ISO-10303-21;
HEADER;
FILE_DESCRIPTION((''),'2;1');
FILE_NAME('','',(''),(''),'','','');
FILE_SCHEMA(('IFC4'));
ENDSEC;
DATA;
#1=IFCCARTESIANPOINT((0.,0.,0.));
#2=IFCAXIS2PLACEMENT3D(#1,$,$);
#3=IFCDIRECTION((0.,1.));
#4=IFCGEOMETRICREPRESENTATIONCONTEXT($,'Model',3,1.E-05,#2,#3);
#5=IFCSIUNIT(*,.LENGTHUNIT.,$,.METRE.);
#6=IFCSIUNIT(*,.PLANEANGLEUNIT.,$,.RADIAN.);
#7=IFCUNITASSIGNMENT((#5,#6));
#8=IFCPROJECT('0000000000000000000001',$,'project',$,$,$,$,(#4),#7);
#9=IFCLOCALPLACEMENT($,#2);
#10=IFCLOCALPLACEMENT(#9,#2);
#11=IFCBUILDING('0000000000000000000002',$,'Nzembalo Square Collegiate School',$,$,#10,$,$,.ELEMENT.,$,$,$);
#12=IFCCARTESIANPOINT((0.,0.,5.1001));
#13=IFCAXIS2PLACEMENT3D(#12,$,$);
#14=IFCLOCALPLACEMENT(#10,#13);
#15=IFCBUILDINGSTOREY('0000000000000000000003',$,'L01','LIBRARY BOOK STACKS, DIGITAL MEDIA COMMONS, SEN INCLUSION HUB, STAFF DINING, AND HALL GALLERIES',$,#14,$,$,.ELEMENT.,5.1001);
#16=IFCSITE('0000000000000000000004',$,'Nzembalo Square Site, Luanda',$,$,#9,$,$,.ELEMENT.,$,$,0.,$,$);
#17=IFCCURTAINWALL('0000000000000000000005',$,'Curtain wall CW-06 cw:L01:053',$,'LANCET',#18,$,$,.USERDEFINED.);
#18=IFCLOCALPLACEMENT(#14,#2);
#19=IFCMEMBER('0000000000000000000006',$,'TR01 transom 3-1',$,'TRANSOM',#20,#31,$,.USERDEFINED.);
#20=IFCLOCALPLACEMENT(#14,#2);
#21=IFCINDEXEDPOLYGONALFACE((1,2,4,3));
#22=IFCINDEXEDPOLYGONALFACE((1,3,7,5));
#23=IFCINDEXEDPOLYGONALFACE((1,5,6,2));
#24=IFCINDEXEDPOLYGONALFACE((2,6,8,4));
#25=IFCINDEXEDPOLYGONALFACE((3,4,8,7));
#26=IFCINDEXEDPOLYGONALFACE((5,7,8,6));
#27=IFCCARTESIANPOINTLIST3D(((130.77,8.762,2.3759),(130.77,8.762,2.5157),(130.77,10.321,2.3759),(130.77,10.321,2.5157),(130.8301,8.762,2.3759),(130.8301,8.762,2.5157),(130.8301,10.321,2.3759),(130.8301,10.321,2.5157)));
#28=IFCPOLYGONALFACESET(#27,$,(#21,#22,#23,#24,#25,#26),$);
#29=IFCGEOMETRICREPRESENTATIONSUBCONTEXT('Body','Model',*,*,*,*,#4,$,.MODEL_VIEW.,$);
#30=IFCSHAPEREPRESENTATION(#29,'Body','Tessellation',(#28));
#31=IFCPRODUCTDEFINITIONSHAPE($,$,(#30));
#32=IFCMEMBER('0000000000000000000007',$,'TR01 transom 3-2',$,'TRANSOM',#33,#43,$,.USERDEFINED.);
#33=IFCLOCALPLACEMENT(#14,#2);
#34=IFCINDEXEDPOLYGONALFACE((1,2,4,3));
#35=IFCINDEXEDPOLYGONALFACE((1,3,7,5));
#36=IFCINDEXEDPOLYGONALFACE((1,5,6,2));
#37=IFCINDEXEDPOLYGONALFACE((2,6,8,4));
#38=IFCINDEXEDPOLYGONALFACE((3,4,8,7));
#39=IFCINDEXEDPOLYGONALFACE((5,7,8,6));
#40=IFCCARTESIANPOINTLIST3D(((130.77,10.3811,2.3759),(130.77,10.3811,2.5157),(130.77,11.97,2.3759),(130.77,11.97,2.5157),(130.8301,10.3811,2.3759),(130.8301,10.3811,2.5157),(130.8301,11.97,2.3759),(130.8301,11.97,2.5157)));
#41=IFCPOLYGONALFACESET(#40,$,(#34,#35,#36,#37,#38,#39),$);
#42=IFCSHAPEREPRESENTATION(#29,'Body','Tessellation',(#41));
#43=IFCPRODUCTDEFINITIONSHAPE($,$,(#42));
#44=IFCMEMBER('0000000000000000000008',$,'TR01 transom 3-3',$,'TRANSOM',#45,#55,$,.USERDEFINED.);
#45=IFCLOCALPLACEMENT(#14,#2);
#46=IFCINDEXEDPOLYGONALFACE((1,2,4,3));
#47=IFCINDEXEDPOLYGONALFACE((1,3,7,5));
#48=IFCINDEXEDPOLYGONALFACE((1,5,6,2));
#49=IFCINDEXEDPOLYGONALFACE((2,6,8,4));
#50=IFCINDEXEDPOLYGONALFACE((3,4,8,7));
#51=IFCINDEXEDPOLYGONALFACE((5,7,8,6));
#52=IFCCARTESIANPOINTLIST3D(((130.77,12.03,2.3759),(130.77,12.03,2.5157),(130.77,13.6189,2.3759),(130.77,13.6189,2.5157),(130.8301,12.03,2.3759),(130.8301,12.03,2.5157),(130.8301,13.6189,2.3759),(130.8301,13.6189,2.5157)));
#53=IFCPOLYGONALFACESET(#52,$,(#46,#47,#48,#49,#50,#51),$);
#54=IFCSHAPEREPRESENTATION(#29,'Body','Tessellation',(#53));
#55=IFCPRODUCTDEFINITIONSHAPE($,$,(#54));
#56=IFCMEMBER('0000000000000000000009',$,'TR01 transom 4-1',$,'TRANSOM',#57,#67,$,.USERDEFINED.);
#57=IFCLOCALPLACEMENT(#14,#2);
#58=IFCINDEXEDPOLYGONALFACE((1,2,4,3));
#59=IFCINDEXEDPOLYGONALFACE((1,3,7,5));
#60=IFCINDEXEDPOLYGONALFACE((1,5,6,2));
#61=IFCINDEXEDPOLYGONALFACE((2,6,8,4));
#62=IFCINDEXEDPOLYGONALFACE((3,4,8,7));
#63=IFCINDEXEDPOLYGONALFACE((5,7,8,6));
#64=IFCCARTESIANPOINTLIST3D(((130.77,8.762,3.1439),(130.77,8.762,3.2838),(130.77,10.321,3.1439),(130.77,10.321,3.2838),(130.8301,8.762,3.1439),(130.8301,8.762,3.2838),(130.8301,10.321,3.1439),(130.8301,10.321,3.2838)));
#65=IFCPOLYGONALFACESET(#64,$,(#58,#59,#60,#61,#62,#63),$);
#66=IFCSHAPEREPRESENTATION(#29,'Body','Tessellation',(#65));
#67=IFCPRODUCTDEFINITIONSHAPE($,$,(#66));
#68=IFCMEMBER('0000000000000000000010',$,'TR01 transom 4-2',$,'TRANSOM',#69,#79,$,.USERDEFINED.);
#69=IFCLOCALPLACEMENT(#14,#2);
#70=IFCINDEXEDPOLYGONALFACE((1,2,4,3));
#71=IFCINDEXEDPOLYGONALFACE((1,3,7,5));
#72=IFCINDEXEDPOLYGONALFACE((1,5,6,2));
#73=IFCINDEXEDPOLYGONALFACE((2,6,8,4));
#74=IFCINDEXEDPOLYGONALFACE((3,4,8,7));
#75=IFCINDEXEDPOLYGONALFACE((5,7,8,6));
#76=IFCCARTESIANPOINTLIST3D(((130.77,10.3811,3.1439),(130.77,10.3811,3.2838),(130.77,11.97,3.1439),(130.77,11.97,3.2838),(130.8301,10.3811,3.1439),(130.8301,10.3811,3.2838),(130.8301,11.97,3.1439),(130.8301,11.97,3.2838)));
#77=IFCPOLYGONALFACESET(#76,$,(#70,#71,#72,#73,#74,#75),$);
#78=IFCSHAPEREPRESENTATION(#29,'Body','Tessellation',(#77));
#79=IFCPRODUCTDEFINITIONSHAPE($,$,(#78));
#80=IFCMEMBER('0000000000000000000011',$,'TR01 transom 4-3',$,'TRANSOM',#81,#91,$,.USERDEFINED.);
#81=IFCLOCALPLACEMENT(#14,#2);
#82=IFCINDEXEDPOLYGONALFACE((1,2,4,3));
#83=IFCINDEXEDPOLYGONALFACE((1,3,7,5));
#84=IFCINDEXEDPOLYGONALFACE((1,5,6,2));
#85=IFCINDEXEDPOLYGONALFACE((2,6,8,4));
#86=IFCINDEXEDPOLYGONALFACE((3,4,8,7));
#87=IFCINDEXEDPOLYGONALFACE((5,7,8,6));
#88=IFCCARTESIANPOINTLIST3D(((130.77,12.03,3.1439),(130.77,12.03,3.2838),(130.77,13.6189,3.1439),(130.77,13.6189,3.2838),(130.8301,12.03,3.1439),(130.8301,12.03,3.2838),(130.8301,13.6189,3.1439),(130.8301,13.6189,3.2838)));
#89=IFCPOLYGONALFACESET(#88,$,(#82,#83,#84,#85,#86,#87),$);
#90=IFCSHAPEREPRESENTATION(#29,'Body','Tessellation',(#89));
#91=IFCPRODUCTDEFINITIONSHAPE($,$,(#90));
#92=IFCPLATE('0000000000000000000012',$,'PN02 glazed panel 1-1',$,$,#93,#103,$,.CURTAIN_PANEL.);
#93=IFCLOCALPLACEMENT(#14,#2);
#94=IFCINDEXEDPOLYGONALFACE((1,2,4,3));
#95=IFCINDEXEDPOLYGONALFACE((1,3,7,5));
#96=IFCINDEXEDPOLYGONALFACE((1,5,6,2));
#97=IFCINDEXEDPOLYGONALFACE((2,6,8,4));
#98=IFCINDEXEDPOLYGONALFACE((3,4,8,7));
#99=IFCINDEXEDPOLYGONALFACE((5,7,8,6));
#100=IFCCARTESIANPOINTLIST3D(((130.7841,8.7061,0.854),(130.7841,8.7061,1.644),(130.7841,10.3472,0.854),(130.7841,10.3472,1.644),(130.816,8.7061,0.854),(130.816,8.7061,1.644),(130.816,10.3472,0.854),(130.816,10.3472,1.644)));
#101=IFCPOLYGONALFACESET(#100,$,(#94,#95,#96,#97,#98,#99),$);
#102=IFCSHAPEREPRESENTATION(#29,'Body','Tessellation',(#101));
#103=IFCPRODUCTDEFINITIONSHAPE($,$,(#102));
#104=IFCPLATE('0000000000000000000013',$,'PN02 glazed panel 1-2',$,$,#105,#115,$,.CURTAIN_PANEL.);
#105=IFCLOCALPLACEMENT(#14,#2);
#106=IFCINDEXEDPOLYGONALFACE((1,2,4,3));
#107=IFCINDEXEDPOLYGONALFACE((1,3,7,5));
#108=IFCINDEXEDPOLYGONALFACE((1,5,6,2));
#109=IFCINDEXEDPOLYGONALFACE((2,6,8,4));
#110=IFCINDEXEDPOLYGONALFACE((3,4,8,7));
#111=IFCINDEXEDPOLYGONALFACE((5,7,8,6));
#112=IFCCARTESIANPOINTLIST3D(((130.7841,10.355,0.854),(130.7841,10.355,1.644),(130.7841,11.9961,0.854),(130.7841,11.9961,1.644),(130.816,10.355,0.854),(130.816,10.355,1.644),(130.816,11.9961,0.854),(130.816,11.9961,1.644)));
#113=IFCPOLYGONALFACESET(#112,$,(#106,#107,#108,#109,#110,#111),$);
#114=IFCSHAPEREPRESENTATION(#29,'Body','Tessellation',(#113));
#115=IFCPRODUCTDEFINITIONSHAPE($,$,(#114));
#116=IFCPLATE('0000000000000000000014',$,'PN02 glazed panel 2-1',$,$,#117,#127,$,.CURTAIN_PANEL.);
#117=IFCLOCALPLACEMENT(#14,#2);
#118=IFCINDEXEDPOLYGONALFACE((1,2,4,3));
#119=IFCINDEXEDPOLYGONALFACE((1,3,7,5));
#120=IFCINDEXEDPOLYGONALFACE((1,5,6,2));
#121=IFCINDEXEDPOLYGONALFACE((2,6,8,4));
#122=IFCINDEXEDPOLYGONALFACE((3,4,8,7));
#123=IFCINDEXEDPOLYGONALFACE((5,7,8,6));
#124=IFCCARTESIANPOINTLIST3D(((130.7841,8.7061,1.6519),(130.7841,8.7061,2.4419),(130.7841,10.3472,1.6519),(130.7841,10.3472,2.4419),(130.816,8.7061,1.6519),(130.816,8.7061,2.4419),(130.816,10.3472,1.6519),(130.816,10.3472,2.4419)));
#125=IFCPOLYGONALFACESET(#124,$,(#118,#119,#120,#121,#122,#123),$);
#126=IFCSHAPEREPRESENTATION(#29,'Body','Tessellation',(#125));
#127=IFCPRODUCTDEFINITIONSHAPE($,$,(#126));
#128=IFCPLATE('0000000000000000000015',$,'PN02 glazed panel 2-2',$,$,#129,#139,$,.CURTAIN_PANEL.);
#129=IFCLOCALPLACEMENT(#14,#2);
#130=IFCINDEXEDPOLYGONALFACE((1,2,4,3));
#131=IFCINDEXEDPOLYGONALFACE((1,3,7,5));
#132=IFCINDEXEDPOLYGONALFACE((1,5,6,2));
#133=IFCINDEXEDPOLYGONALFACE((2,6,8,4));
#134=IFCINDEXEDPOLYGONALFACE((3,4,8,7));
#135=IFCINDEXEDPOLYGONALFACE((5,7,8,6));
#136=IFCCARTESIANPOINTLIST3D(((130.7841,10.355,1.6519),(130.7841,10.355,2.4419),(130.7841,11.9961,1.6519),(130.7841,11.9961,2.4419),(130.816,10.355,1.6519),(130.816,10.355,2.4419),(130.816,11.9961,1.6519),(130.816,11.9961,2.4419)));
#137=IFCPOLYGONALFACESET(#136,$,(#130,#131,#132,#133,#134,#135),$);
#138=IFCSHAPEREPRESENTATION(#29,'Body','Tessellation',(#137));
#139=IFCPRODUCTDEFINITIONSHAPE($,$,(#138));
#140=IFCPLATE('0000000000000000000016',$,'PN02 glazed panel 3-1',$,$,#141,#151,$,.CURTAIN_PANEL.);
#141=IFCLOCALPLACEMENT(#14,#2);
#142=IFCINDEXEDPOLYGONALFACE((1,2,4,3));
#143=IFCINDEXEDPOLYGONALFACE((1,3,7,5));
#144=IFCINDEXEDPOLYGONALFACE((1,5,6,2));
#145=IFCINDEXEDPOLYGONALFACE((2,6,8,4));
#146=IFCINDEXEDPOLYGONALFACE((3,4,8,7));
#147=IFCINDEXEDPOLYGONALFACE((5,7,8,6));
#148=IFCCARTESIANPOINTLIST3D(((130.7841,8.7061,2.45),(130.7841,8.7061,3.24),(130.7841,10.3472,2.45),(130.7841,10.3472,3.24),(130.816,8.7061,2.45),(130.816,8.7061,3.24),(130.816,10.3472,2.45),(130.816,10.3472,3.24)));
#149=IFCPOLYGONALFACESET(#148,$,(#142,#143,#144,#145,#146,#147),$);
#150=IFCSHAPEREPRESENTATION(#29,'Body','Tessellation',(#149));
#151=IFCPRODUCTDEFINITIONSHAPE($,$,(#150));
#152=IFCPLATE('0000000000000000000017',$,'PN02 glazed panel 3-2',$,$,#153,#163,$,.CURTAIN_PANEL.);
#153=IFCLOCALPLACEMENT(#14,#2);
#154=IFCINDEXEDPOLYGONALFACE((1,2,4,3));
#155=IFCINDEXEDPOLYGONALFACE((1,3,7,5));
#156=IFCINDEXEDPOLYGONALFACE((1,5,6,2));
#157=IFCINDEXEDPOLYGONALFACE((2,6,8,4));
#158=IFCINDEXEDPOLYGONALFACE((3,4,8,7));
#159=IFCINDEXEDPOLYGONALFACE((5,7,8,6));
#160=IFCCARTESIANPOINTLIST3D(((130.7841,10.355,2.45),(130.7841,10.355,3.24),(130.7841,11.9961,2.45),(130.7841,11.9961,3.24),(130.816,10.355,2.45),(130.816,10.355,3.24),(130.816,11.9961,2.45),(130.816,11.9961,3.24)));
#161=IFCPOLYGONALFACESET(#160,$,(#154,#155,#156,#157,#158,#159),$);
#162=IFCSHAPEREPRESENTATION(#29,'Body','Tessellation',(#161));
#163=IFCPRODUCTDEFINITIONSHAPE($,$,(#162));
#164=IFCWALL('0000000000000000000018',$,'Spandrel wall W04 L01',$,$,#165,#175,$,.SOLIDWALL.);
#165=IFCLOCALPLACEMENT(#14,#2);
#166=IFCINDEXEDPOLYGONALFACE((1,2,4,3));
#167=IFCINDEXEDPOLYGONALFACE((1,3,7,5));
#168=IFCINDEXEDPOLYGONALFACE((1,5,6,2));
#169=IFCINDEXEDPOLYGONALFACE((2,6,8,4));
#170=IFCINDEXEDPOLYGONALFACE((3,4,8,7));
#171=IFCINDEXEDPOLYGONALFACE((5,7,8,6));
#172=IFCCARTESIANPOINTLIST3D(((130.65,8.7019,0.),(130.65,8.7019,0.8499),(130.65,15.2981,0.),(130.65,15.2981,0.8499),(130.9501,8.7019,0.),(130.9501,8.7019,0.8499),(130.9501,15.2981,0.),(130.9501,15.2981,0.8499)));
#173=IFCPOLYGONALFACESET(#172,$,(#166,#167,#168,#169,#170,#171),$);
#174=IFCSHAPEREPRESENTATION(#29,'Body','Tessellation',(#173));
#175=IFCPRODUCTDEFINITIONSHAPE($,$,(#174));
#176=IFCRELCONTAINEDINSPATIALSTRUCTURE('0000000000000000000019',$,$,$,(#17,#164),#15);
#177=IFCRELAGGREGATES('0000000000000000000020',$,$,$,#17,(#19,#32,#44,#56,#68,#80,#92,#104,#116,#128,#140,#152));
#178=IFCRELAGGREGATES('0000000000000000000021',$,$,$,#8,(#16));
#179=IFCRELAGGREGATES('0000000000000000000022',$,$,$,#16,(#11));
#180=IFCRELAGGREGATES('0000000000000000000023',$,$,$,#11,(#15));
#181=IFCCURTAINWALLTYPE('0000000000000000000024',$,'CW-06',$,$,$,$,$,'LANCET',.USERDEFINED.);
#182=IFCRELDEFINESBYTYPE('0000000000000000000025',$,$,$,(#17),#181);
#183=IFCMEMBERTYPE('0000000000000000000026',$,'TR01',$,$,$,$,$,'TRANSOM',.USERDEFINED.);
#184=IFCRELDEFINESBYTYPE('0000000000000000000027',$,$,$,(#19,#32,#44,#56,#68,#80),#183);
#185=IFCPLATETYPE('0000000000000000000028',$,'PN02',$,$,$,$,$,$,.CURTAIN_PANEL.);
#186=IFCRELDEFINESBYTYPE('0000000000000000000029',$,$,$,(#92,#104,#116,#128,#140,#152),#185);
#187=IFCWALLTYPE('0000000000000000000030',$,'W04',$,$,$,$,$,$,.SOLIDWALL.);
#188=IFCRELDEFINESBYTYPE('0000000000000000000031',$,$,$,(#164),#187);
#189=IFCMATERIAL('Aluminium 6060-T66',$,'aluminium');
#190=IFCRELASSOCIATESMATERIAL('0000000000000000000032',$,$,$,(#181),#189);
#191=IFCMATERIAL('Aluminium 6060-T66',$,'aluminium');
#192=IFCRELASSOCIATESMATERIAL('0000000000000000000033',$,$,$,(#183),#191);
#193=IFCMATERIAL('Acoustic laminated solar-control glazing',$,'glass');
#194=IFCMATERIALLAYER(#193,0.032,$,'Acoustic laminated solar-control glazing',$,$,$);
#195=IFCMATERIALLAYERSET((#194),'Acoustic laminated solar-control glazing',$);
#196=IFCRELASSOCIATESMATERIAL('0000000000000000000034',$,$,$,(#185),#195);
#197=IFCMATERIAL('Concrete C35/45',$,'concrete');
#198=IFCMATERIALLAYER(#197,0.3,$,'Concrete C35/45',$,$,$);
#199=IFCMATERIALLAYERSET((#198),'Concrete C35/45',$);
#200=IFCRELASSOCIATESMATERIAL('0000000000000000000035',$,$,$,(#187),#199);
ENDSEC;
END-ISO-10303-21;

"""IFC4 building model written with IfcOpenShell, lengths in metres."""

from ifc_helpers import new_model, si_unit, direction, frame, frame_2d, origin, origin_2d, place, context, subcontext, project, spatial, rectangle, extrude, material, layer, layer_set, material_profile, profile_set, type_object, element, aggregate, save


model = new_model("IFC4")

# Units and contexts
model_context = context("Model", 3, precision=1e-05, world=origin(), true_north=direction((0.0, 1.0)))
body_context = subcontext(model_context, "Body", "Model", "MODEL_VIEW")
ifc_project = project(units=[si_unit("LENGTHUNIT", "METRE"), si_unit("PLANEANGLEUNIT", "RADIAN")], contexts=[model_context])

# Site, building, storey
site_placement = place(None, origin())
site = spatial("IfcSite", under=ifc_project, at=site_placement, Name="Nzembalo Square Site, Luanda", CompositionType="ELEMENT", RefElevation=0.0)
building_placement = place(site_placement, origin())
building = spatial("IfcBuilding", under=site, at=building_placement, Name="Nzembalo Square Collegiate School", CompositionType="ELEMENT")
storey_placement = place(building_placement, frame((0.0, 0.0, 5.1001)))
storey = spatial("IfcBuildingStorey", under=building, at=storey_placement, Name="L01", Description="LIBRARY BOOK STACKS, DIGITAL MEDIA COMMONS, SEN INCLUSION HUB, STAFF DINING, AND HALL GALLERIES", CompositionType="ELEMENT", Elevation=5.1001)

# Curtain wall, members, plates
ifc_material_1 = material(Name="Aluminium 6060-T66", Category="aluminium")
curtain_wall_type = type_object("IfcCurtainWallType", Name="CW-06", ElementType="LANCET", PredefinedType="USERDEFINED", material=ifc_material_1)
curtain_wall_placement = place(storey_placement, origin())
curtain_wall = element("IfcCurtainWall", 1, at=curtain_wall_placement, inside=storey, type_object=curtain_wall_type, Name="Curtain wall CW-06 cw:L01:053", ObjectType="LANCET", PredefinedType="USERDEFINED")
ifc_material_2 = material(Name="Aluminium 6060-T66", Category="aluminium")
ifc_material_profile_1 = material_profile(ifc_material_2, rectangle(XDim=0.0601, YDim=0.1399, at=origin_2d()), Name="ALU T60x140")
ifc_profile_set_1 = profile_set([ifc_material_profile_1], Name="Aluminium 6060-T66")
member_type_1 = type_object("IfcMemberType", Name="TR01", ElementType="TRANSOM", PredefinedType="USERDEFINED", material=ifc_profile_set_1)
member_1_placement = place(storey_placement, frame((130.8, 8.762, 2.4458), z_axis=(0.0, 1.0, 0.0), x_axis=(-1.0, 0.0, 0.0)))
member_1 = element("IfcMember", 2, at=member_1_placement, type_object=member_type_1, Name="TR01 transom 3-1", ObjectType="TRANSOM", PredefinedType="USERDEFINED", context=body_context, shape_type="SweptSolid", body=[
    extrude(rectangle(XDim=0.0601, YDim=0.1399, at=origin_2d()), origin(), (0.0, 0.0, 1.0), 1.5591),
])
member_2_placement = place(storey_placement, frame((130.8, 10.3811, 2.4458), z_axis=(0.0, 1.0, 0.0), x_axis=(-1.0, 0.0, 0.0)))
member_2 = element("IfcMember", 3, at=member_2_placement, type_object=member_type_1, Name="TR01 transom 3-2", ObjectType="TRANSOM", PredefinedType="USERDEFINED", context=body_context, shape_type="SweptSolid", body=[
    extrude(rectangle(XDim=0.0601, YDim=0.1399, at=origin_2d()), origin(), (0.0, 0.0, 1.0), 1.5889),
])
member_3_placement = place(storey_placement, frame((130.8, 12.03, 2.4458), z_axis=(0.0, 1.0, 0.0), x_axis=(-1.0, 0.0, 0.0)))
member_3 = element("IfcMember", 4, at=member_3_placement, type_object=member_type_1, Name="TR01 transom 3-3", ObjectType="TRANSOM", PredefinedType="USERDEFINED", context=body_context, shape_type="SweptSolid", body=[
    extrude(rectangle(XDim=0.0601, YDim=0.1399, at=origin_2d()), origin(), (0.0, 0.0, 1.0), 1.5889),
])
member_4_placement = place(storey_placement, frame((130.8, 8.762, 3.2139), z_axis=(0.0, 1.0, 0.0), x_axis=(-1.0, 0.0, 0.0)))
member_4 = element("IfcMember", 5, at=member_4_placement, type_object=member_type_1, Name="TR01 transom 4-1", ObjectType="TRANSOM", PredefinedType="USERDEFINED", context=body_context, shape_type="SweptSolid", body=[
    extrude(rectangle(XDim=0.0601, YDim=0.1399, at=origin_2d()), origin(), (0.0, 0.0, 1.0), 1.5591),
])
member_5_placement = place(storey_placement, frame((130.8, 10.3811, 3.2139), z_axis=(0.0, 1.0, 0.0), x_axis=(-1.0, 0.0, 0.0)))
member_5 = element("IfcMember", 6, at=member_5_placement, type_object=member_type_1, Name="TR01 transom 4-2", ObjectType="TRANSOM", PredefinedType="USERDEFINED", context=body_context, shape_type="SweptSolid", body=[
    extrude(rectangle(XDim=0.0601, YDim=0.1399, at=origin_2d()), origin(), (0.0, 0.0, 1.0), 1.5889),
])
member_6_placement = place(storey_placement, frame((130.8, 12.03, 3.2139), z_axis=(0.0, 1.0, 0.0), x_axis=(-1.0, 0.0, 0.0)))
member_6 = element("IfcMember", 7, at=member_6_placement, type_object=member_type_1, Name="TR01 transom 4-3", ObjectType="TRANSOM", PredefinedType="USERDEFINED", context=body_context, shape_type="SweptSolid", body=[
    extrude(rectangle(XDim=0.0601, YDim=0.1399, at=origin_2d()), origin(), (0.0, 0.0, 1.0), 1.5889),
])
ifc_material_3 = material(Name="Acoustic laminated solar-control glazing", Category="glass")
ifc_layer_1 = layer(ifc_material_3, 0.032, Name="Acoustic laminated solar-control glazing")
ifc_layer_set_1 = layer_set([ifc_layer_1], Name="Acoustic laminated solar-control glazing")
plate_type = type_object("IfcPlateType", Name="PN02", PredefinedType="CURTAIN_PANEL", material=ifc_layer_set_1)
plate_1_placement = place(storey_placement, frame((130.8, 9.5266, 0.854), z_axis=(0.0, 0.0, 1.0), x_axis=(0.0, 1.0, 0.0)))
plate_1 = element("IfcPlate", 8, at=plate_1_placement, type_object=plate_type, Name="PN02 glazed panel 1-1", PredefinedType="CURTAIN_PANEL", context=body_context, shape_type="SweptSolid", body=[
    extrude(rectangle(XDim=1.6411, YDim=0.032, at=origin_2d()), origin(), (0.0, 0.0, 1.0), 0.79),
])
plate_2_placement = place(storey_placement, frame((130.8, 11.1755, 0.854), z_axis=(0.0, 0.0, 1.0), x_axis=(0.0, 1.0, 0.0)))
plate_2 = element("IfcPlate", 9, at=plate_2_placement, type_object=plate_type, Name="PN02 glazed panel 1-2", PredefinedType="CURTAIN_PANEL", context=body_context, shape_type="SweptSolid", body=[
    extrude(rectangle(XDim=1.6411, YDim=0.032, at=origin_2d()), origin(), (0.0, 0.0, 1.0), 0.79),
])
plate_3_placement = place(storey_placement, frame((130.8, 9.5266, 1.6519), z_axis=(0.0, 0.0, 1.0), x_axis=(0.0, 1.0, 0.0)))
plate_3 = element("IfcPlate", 10, at=plate_3_placement, type_object=plate_type, Name="PN02 glazed panel 2-1", PredefinedType="CURTAIN_PANEL", context=body_context, shape_type="SweptSolid", body=[
    extrude(rectangle(XDim=1.6411, YDim=0.032, at=origin_2d()), origin(), (0.0, 0.0, 1.0), 0.79),
])
plate_4_placement = place(storey_placement, frame((130.8, 11.1755, 1.6519), z_axis=(0.0, 0.0, 1.0), x_axis=(0.0, 1.0, 0.0)))
plate_4 = element("IfcPlate", 11, at=plate_4_placement, type_object=plate_type, Name="PN02 glazed panel 2-2", PredefinedType="CURTAIN_PANEL", context=body_context, shape_type="SweptSolid", body=[
    extrude(rectangle(XDim=1.6411, YDim=0.032, at=origin_2d()), origin(), (0.0, 0.0, 1.0), 0.79),
])
plate_5_placement = place(storey_placement, frame((130.8, 9.5266, 2.45), z_axis=(0.0, 0.0, 1.0), x_axis=(0.0, 1.0, 0.0)))
plate_5 = element("IfcPlate", 12, at=plate_5_placement, type_object=plate_type, Name="PN02 glazed panel 3-1", PredefinedType="CURTAIN_PANEL", context=body_context, shape_type="SweptSolid", body=[
    extrude(rectangle(XDim=1.6411, YDim=0.032, at=origin_2d()), origin(), (0.0, 0.0, 1.0), 0.79),
])
plate_6_placement = place(storey_placement, frame((130.8, 11.1755, 2.45), z_axis=(0.0, 0.0, 1.0), x_axis=(0.0, 1.0, 0.0)))
plate_6 = element("IfcPlate", 13, at=plate_6_placement, type_object=plate_type, Name="PN02 glazed panel 3-2", PredefinedType="CURTAIN_PANEL", context=body_context, shape_type="SweptSolid", body=[
    extrude(rectangle(XDim=1.6411, YDim=0.032, at=origin_2d()), origin(), (0.0, 0.0, 1.0), 0.79),
])
aggregate(curtain_wall, [member_1, member_2, member_3, member_4, member_5, member_6, plate_1, plate_2, plate_3, plate_4, plate_5, plate_6])

# Wall
ifc_material_4 = material(Name="Concrete C35/45", Category="concrete")
ifc_layer_2 = layer(ifc_material_4, 0.3, Name="Concrete C35/45")
ifc_layer_set_2 = layer_set([ifc_layer_2], Name="Concrete C35/45")
wall_type = type_object("IfcWallType", Name="W04", PredefinedType="SOLIDWALL", material=ifc_layer_set_2)
wall_placement = place(storey_placement, frame((130.8, 8.7019, 0.0), z_axis=(0.0, 0.0, 1.0), x_axis=(0.0, 1.0, 0.0)))
element("IfcWall", 14, at=wall_placement, inside=storey, type_object=wall_type, Name="Spandrel wall W04 L01", PredefinedType="SOLIDWALL", context=body_context, shape_type="SweptSolid", body=[
    extrude(rectangle(XDim=6.5962, YDim=0.3, at=frame_2d((3.2981, 0.0))), origin(), (0.0, 0.0, 1.0), 0.8499),
])

save(model, "model.ifc")
